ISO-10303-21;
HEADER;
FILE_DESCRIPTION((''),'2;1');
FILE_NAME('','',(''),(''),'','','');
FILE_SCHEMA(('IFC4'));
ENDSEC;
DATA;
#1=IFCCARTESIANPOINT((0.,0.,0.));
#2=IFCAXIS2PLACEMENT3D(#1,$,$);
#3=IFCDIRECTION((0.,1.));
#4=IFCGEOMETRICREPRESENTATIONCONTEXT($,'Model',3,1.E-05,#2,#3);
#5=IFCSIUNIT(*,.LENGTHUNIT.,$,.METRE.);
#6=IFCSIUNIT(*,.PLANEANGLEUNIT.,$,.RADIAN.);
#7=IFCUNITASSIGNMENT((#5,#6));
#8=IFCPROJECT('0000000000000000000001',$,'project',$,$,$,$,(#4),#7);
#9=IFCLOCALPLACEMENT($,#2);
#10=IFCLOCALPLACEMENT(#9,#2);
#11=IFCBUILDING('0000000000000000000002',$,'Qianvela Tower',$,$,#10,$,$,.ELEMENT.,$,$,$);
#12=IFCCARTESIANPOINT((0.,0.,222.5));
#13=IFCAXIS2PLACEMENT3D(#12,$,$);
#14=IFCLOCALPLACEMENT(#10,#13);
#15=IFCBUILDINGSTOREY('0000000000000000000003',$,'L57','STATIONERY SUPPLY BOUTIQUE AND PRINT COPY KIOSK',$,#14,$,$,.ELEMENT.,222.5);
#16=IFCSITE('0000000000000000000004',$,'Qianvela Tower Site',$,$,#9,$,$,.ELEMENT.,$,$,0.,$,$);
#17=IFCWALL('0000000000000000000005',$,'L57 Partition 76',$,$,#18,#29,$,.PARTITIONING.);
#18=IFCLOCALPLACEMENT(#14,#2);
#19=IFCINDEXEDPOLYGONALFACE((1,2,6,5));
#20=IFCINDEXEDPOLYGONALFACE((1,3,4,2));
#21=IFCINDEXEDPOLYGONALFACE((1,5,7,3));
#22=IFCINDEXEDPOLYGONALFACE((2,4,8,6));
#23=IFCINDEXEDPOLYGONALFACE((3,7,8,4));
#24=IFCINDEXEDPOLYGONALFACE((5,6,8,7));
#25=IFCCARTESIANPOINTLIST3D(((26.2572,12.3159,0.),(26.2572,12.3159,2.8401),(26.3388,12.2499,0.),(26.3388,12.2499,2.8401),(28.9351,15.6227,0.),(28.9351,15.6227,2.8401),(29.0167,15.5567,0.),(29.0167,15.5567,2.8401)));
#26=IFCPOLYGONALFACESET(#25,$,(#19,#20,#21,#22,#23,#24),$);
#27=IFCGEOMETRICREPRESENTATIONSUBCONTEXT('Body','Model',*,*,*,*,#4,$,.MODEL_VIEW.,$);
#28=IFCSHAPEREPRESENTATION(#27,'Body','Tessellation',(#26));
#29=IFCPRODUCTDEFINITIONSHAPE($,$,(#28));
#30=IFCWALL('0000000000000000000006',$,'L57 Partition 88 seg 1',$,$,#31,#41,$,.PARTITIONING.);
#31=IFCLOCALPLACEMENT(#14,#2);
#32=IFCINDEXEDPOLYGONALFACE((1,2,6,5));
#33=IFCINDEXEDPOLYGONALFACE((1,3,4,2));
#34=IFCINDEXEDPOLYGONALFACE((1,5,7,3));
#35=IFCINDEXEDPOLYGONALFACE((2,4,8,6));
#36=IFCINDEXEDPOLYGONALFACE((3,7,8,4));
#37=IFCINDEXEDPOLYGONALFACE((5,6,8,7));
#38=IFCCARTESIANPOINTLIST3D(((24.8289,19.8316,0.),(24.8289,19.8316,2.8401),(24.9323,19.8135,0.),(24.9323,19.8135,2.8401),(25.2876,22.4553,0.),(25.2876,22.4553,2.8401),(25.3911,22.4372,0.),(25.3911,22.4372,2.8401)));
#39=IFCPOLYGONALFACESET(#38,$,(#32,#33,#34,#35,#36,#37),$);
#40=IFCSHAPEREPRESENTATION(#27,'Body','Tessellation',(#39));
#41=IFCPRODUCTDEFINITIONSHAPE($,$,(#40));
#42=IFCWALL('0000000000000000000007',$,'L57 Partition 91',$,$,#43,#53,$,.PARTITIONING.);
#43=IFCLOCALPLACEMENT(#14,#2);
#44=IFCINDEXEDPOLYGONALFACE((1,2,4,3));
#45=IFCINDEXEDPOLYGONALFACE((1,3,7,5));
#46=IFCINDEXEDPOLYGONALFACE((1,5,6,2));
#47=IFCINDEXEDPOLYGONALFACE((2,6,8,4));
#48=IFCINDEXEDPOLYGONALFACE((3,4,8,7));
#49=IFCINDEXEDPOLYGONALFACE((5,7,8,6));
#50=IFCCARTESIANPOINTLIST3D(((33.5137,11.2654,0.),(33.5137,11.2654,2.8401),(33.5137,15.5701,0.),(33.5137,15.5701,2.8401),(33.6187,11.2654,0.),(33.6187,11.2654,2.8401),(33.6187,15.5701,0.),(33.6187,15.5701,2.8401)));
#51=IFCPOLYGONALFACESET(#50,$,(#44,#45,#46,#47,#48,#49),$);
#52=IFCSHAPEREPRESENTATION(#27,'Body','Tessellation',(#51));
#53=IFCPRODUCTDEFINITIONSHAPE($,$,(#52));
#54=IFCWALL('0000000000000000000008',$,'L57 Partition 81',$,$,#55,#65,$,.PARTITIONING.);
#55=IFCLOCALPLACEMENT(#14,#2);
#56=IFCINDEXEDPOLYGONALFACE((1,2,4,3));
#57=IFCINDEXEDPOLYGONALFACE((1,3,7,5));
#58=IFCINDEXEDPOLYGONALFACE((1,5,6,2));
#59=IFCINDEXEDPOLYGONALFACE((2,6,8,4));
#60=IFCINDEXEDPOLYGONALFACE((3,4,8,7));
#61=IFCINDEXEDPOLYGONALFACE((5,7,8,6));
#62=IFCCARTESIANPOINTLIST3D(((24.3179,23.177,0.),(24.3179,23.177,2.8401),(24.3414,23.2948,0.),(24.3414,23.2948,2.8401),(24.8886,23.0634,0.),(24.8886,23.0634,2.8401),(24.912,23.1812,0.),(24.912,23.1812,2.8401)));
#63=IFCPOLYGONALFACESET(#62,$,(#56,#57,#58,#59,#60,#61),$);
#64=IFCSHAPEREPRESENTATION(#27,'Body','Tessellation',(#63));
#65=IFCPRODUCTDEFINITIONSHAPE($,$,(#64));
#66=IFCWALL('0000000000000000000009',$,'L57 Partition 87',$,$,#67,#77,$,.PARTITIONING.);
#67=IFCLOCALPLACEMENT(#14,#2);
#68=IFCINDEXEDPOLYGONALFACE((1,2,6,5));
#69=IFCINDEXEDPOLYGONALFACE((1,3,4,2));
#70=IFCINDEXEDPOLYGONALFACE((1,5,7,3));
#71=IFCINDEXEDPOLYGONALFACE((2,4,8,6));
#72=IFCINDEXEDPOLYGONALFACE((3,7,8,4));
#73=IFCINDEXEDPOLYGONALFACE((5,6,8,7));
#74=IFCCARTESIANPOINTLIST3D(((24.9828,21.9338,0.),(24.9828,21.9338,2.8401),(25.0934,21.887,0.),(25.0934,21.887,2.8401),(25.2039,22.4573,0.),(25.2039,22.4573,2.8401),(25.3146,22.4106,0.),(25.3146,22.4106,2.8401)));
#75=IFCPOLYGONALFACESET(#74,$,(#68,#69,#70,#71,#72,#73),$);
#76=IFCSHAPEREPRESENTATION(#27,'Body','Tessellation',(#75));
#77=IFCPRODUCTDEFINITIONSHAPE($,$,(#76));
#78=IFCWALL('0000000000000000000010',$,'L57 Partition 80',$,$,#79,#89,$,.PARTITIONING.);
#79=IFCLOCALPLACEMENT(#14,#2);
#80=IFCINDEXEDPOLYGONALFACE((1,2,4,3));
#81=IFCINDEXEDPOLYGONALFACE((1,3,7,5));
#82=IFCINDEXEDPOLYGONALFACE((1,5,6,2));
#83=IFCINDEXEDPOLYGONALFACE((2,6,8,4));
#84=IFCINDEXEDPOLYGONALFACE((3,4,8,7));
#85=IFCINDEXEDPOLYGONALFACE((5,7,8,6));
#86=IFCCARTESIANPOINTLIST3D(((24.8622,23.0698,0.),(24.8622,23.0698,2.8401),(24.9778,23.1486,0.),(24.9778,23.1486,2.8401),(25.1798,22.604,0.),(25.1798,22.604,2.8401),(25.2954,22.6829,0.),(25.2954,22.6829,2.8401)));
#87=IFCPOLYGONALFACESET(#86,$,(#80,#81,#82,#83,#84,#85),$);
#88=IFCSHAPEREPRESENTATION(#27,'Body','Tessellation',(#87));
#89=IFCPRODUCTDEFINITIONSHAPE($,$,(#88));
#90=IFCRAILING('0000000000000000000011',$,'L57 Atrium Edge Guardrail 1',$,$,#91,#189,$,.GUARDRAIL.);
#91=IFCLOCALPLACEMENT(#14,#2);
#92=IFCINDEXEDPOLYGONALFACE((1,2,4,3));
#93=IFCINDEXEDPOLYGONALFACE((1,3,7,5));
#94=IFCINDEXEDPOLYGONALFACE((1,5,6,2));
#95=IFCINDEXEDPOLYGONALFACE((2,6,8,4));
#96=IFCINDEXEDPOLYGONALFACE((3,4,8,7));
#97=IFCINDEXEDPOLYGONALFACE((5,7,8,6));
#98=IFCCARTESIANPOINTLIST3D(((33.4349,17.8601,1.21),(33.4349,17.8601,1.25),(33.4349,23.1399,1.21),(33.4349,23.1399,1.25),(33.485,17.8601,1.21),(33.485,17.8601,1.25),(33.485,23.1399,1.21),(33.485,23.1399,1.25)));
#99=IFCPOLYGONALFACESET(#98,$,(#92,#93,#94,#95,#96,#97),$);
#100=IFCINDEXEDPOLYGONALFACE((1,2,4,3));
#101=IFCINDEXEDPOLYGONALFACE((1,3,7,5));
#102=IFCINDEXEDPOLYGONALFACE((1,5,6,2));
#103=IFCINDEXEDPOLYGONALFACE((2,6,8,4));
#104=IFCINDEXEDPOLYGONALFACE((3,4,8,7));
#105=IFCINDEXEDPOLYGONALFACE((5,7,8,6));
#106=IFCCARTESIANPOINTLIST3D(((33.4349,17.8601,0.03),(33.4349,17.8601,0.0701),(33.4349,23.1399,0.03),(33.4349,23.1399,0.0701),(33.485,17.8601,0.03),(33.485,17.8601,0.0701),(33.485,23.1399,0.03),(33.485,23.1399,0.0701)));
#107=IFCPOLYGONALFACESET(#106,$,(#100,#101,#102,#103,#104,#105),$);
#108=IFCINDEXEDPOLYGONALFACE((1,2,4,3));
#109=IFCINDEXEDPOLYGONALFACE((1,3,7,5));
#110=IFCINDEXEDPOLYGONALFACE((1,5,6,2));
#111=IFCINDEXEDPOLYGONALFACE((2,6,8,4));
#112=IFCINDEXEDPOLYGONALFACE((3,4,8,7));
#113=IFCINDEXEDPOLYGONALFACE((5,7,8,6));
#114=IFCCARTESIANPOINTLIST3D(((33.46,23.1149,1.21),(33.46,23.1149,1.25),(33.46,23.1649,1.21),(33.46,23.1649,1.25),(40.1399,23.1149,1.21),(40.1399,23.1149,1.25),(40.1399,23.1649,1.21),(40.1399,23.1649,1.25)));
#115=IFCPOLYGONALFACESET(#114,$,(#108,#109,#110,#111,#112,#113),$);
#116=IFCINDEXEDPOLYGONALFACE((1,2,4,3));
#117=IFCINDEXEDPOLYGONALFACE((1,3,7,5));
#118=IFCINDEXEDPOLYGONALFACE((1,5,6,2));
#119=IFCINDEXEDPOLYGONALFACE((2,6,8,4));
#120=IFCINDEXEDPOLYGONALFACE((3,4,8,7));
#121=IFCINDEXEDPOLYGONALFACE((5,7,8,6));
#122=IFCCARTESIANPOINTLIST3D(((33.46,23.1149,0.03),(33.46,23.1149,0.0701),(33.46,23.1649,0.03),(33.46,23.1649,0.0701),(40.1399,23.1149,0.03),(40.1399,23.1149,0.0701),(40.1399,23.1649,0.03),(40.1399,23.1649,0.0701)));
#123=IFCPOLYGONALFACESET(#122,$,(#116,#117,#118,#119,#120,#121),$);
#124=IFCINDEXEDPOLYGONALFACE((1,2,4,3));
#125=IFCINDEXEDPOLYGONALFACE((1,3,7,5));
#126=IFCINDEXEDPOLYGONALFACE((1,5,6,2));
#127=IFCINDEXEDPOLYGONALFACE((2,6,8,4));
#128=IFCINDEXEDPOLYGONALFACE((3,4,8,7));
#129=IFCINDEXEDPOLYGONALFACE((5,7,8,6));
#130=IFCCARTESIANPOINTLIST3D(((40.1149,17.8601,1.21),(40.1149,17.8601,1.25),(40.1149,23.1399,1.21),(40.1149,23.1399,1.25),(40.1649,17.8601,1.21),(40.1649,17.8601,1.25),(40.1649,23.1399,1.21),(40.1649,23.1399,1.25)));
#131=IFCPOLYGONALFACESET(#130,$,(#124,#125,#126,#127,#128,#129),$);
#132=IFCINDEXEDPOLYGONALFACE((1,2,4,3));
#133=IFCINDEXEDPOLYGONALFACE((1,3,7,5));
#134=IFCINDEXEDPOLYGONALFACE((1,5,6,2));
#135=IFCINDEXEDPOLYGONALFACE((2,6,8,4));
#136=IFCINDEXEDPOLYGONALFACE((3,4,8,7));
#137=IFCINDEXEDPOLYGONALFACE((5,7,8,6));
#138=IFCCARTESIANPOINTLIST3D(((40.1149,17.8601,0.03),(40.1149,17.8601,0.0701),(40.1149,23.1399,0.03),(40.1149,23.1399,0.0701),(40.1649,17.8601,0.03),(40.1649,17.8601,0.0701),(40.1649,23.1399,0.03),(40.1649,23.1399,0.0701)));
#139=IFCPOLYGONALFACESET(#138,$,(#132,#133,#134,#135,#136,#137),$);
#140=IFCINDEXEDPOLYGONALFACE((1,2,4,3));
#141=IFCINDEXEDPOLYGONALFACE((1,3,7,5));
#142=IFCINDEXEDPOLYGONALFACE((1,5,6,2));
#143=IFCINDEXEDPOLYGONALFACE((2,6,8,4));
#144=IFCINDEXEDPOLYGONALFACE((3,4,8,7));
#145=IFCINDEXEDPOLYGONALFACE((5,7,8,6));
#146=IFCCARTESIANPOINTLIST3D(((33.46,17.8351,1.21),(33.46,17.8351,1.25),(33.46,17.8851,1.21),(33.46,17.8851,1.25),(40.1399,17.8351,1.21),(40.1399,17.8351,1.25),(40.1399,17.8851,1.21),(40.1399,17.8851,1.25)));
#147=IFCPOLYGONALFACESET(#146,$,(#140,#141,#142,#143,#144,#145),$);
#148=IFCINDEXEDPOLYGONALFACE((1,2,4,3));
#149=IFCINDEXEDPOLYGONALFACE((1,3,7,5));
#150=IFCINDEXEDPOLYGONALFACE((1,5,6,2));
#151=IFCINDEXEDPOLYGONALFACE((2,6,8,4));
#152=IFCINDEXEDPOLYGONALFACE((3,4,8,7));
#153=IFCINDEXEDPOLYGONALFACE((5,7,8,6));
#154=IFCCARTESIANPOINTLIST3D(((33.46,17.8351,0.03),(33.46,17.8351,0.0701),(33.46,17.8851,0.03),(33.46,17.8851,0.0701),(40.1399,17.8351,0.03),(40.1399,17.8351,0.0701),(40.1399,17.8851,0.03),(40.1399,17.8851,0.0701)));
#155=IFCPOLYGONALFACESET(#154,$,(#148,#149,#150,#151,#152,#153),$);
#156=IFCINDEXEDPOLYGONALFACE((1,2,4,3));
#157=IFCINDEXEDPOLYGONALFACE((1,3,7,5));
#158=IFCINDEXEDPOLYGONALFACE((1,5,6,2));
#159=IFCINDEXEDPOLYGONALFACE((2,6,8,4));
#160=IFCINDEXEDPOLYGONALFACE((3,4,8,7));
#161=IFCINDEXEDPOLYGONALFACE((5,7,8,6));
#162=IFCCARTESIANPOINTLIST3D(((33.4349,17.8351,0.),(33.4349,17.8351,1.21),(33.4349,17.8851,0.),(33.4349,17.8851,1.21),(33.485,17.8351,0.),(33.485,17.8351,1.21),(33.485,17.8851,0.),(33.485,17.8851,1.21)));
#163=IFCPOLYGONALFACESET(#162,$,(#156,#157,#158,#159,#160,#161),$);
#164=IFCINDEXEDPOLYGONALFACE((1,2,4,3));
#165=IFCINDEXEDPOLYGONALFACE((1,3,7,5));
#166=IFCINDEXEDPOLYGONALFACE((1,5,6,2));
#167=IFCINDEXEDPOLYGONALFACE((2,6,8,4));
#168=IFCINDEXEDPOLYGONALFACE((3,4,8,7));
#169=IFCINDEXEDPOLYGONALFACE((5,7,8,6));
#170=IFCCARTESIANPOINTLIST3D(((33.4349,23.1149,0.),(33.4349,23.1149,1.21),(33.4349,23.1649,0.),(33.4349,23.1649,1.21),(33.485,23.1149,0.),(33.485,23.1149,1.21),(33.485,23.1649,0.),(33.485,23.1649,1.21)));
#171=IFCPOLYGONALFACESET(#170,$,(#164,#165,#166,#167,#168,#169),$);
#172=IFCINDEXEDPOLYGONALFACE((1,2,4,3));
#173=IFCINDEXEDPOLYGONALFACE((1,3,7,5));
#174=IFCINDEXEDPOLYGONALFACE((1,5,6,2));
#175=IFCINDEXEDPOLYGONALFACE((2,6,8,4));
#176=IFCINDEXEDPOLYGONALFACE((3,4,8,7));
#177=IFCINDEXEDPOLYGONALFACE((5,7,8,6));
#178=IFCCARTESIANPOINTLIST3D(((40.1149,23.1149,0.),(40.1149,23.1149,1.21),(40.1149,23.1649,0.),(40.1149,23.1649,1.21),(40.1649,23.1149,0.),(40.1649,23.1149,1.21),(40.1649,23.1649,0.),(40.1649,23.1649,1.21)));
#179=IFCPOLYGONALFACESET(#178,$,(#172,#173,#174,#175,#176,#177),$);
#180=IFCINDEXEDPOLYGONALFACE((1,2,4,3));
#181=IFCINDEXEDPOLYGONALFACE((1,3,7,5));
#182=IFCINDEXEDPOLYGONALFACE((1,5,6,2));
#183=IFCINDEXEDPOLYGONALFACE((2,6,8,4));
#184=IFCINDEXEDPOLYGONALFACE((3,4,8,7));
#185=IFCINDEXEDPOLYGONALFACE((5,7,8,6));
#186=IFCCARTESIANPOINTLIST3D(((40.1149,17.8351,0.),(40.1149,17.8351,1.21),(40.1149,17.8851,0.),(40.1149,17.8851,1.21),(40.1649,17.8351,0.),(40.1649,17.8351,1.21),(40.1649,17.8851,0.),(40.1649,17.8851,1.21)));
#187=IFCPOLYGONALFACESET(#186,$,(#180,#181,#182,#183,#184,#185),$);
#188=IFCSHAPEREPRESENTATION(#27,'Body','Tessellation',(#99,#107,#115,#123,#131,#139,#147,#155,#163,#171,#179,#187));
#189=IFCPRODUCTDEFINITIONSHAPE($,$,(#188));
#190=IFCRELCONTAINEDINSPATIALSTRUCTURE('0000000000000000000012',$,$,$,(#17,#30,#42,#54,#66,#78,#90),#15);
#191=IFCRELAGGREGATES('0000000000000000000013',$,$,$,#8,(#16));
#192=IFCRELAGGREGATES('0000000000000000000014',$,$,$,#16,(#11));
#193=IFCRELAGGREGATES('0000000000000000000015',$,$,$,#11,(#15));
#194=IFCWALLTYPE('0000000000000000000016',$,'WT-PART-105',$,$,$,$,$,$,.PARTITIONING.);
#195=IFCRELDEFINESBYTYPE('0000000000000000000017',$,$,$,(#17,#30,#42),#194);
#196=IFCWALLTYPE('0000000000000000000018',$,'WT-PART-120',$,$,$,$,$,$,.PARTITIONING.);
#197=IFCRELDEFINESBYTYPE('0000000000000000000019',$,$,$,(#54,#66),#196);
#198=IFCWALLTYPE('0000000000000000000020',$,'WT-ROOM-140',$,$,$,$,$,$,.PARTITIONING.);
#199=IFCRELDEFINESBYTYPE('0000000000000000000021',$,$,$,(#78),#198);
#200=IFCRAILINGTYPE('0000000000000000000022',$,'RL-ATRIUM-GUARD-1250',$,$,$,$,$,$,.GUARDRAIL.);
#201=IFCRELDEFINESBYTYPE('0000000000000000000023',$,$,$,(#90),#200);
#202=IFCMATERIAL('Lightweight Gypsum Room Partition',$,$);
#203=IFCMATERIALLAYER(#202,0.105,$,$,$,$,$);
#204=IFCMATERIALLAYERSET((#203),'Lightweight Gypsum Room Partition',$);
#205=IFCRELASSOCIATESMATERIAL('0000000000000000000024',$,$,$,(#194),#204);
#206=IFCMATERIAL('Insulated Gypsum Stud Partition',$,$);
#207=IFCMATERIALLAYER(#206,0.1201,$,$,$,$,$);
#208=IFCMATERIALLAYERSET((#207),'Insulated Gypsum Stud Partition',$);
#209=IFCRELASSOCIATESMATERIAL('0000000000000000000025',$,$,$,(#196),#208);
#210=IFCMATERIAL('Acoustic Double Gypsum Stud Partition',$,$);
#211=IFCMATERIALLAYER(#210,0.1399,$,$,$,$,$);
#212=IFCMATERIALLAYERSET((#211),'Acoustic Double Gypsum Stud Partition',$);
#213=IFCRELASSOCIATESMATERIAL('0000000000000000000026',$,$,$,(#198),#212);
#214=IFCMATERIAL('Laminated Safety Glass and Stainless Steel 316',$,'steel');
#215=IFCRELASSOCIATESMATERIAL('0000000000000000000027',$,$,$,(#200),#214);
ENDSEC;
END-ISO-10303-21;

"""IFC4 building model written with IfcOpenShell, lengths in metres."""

from ifc_helpers import new_model, si_unit, direction, frame, frame_2d, origin, origin_2d, place, context, subcontext, project, spatial, rectangle, extrude, material, layer, layer_set, type_object, element, save


model = new_model("IFC4")

# Units and contexts
model_context = context("Model", 3, precision=1e-05, world=origin(), true_north=direction((0.0, 1.0)))
body_context = subcontext(model_context, "Body", "Model", "MODEL_VIEW")
ifc_project = project(units=[si_unit("LENGTHUNIT", "METRE"), si_unit("PLANEANGLEUNIT", "RADIAN")], contexts=[model_context])

# Site, building, storey
site_placement = place(None, origin())
site = spatial("IfcSite", under=ifc_project, at=site_placement, Name="Qianvela Tower Site", CompositionType="ELEMENT", RefElevation=0.0)
building_placement = place(site_placement, origin())
building = spatial("IfcBuilding", under=site, at=building_placement, Name="Qianvela Tower", CompositionType="ELEMENT")
storey_placement = place(building_placement, frame((0.0, 0.0, 222.5)))
storey = spatial("IfcBuildingStorey", under=building, at=storey_placement, Name="L57", Description="STATIONERY SUPPLY BOUTIQUE AND PRINT COPY KIOSK", CompositionType="ELEMENT", Elevation=222.5)

# Walls
ifc_material_1 = material(Name="Lightweight Gypsum Room Partition")
ifc_layer_1 = layer(ifc_material_1, 0.105)
ifc_layer_set_1 = layer_set([ifc_layer_1], Name="Lightweight Gypsum Room Partition")
wall_type_1 = type_object("IfcWallType", Name="WT-PART-105", PredefinedType="PARTITIONING", material=ifc_layer_set_1)
wall_1_placement = place(storey_placement, frame((28.9758, 15.5896, 0.0), z_axis=(0.0, 0.0, 1.0), x_axis=(-0.629337, -0.777133, 0.0)))
element("IfcWall", 1, at=wall_1_placement, inside=storey, type_object=wall_type_1, Name="L57 Partition 76", PredefinedType="PARTITIONING", context=body_context, shape_type="SweptSolid", body=[
    extrude(rectangle(XDim=4.2551, YDim=0.105, at=frame_2d((2.1274, 0.0))), origin(), (0.0, 0.0, 1.0), 2.8401),
])
wall_2_placement = place(storey_placement, frame((25.3394, 22.4463, 0.0), z_axis=(0.0, 0.0, 1.0), x_axis=(-0.172227, -0.985057, 0.0)))
element("IfcWall", 2, at=wall_2_placement, inside=storey, type_object=wall_type_1, Name="L57 Partition 88 seg 1", PredefinedType="PARTITIONING", context=body_context, shape_type="SweptSolid", body=[
    extrude(rectangle(XDim=2.6636, YDim=0.105, at=frame_2d((1.3318, 0.0))), origin(), (0.0, 0.0, 1.0), 2.8401),
])
wall_3_placement = place(storey_placement, frame((33.5662, 15.5701, 0.0), z_axis=(0.0, 0.0, 1.0), x_axis=(0.0, -1.0, 0.0)))
element("IfcWall", 3, at=wall_3_placement, inside=storey, type_object=wall_type_1, Name="L57 Partition 91", PredefinedType="PARTITIONING", context=body_context, shape_type="SweptSolid", body=[
    extrude(rectangle(XDim=4.3047, YDim=0.105, at=frame_2d((2.1523, 0.0))), origin(), (0.0, 0.0, 1.0), 2.8401),
])
ifc_material_2 = material(Name="Insulated Gypsum Stud Partition")
ifc_layer_2 = layer(ifc_material_2, 0.1201)
ifc_layer_set_2 = layer_set([ifc_layer_2], Name="Insulated Gypsum Stud Partition")
wall_type_2 = type_object("IfcWallType", Name="WT-PART-120", PredefinedType="PARTITIONING", material=ifc_layer_set_2)
wall_4_placement = place(storey_placement, frame((24.9004, 23.1223, 0.0), z_axis=(0.0, 0.0, 1.0), x_axis=(-0.980774, 0.195148, 0.0)))
element("IfcWall", 4, at=wall_4_placement, inside=storey, type_object=wall_type_2, Name="L57 Partition 81", PredefinedType="PARTITIONING", context=body_context, shape_type="SweptSolid", body=[
    extrude(rectangle(XDim=0.5818, YDim=0.1201, at=frame_2d((0.291, 0.0))), origin(), (0.0, 0.0, 1.0), 2.8401),
])
wall_5_placement = place(storey_placement, frame((25.0381, 21.9104, 0.0), z_axis=(0.0, 0.0, 1.0), x_axis=(0.389094, 0.921198, 0.0)))
element("IfcWall", 5, at=wall_5_placement, inside=storey, type_object=wall_type_2, Name="L57 Partition 87", PredefinedType="PARTITIONING", context=body_context, shape_type="SweptSolid", body=[
    extrude(rectangle(XDim=0.5684, YDim=0.1201, at=frame_2d((0.2842, 0.0))), origin(), (0.0, 0.0, 1.0), 2.8401),
])
ifc_material_3 = material(Name="Acoustic Double Gypsum Stud Partition")
ifc_layer_3 = layer(ifc_material_3, 0.1399)
ifc_layer_set_3 = layer_set([ifc_layer_3], Name="Acoustic Double Gypsum Stud Partition")
wall_type_3 = type_object("IfcWallType", Name="WT-ROOM-140", PredefinedType="PARTITIONING", material=ifc_layer_set_3)
wall_6_placement = place(storey_placement, frame((25.2375, 22.6436, 0.0), z_axis=(0.0, 0.0, 1.0), x_axis=(-0.563364, 0.826209, 0.0)))
element("IfcWall", 6, at=wall_6_placement, inside=storey, type_object=wall_type_3, Name="L57 Partition 80", PredefinedType="PARTITIONING", context=body_context, shape_type="SweptSolid", body=[
    extrude(rectangle(XDim=0.5637, YDim=0.1399, at=frame_2d((0.2817, 0.0))), origin(), (0.0, 0.0, 1.0), 2.8401),
])

# Railing
ifc_material_4 = material(Name="Laminated Safety Glass and Stainless Steel 316", Category="steel")
railing_type = type_object("IfcRailingType", Name="RL-ATRIUM-GUARD-1250", PredefinedType="GUARDRAIL", material=ifc_material_4)
railing_placement = place(storey_placement, frame((33.46, 17.8601, 0.0)))
element("IfcRailing", 7, at=railing_placement, inside=storey, type_object=railing_type, Name="L57 Atrium Edge Guardrail 1", PredefinedType="GUARDRAIL", context=body_context, shape_type="SweptSolid", body=[
    extrude(rectangle(XDim=0.05, YDim=0.04, at=origin_2d()), frame((0.0, 0.0, 1.23), z_axis=(0.0, 1.0, 0.0), x_axis=(-1.0, 0.0, 0.0)), (0.0, 0.0, 1.0), 5.2798),
    extrude(rectangle(XDim=0.05, YDim=0.04, at=origin_2d()), frame((0.0, 0.0, 0.05), z_axis=(0.0, 1.0, 0.0), x_axis=(-1.0, 0.0, 0.0)), (0.0, 0.0, 1.0), 5.2798),
    extrude(rectangle(XDim=0.05, YDim=0.04, at=origin_2d()), frame((0.0, 5.2798, 1.23), z_axis=(1.0, 0.0, 0.0), x_axis=(0.0, 1.0, 0.0)), (0.0, 0.0, 1.0), 6.6799),
    extrude(rectangle(XDim=0.05, YDim=0.04, at=origin_2d()), frame((0.0, 5.2798, 0.05), z_axis=(1.0, 0.0, 0.0), x_axis=(0.0, 1.0, 0.0)), (0.0, 0.0, 1.0), 6.6799),
    extrude(rectangle(XDim=0.05, YDim=0.04, at=origin_2d()), frame((6.6799, 5.2798, 1.23), z_axis=(0.0, -1.0, 0.0), x_axis=(1.0, 0.0, 0.0)), (0.0, 0.0, 1.0), 5.2798),
    extrude(rectangle(XDim=0.05, YDim=0.04, at=origin_2d()), frame((6.6799, 5.2798, 0.05), z_axis=(0.0, -1.0, 0.0), x_axis=(1.0, 0.0, 0.0)), (0.0, 0.0, 1.0), 5.2798),
    extrude(rectangle(XDim=0.05, YDim=0.04, at=origin_2d()), frame((6.6799, 0.0, 1.23), z_axis=(-1.0, 0.0, 0.0), x_axis=(0.0, -1.0, 0.0)), (0.0, 0.0, 1.0), 6.6799),
    extrude(rectangle(XDim=0.05, YDim=0.04, at=origin_2d()), frame((6.6799, 0.0, 0.05), z_axis=(-1.0, 0.0, 0.0), x_axis=(0.0, -1.0, 0.0)), (0.0, 0.0, 1.0), 6.6799),
    extrude(rectangle(XDim=0.05, YDim=0.05, at=origin_2d()), origin(), (0.0, 0.0, 1.0), 1.21),
    extrude(rectangle(XDim=0.05, YDim=0.05, at=origin_2d()), frame((0.0, 5.2798, 0.0)), (0.0, 0.0, 1.0), 1.21),
    extrude(rectangle(XDim=0.05, YDim=0.05, at=origin_2d()), frame((6.6799, 5.2798, 0.0)), (0.0, 0.0, 1.0), 1.21),
    extrude(rectangle(XDim=0.05, YDim=0.05, at=origin_2d()), frame((6.6799, 0.0, 0.0)), (0.0, 0.0, 1.0), 1.21),
])

save(model, "model.ifc")
